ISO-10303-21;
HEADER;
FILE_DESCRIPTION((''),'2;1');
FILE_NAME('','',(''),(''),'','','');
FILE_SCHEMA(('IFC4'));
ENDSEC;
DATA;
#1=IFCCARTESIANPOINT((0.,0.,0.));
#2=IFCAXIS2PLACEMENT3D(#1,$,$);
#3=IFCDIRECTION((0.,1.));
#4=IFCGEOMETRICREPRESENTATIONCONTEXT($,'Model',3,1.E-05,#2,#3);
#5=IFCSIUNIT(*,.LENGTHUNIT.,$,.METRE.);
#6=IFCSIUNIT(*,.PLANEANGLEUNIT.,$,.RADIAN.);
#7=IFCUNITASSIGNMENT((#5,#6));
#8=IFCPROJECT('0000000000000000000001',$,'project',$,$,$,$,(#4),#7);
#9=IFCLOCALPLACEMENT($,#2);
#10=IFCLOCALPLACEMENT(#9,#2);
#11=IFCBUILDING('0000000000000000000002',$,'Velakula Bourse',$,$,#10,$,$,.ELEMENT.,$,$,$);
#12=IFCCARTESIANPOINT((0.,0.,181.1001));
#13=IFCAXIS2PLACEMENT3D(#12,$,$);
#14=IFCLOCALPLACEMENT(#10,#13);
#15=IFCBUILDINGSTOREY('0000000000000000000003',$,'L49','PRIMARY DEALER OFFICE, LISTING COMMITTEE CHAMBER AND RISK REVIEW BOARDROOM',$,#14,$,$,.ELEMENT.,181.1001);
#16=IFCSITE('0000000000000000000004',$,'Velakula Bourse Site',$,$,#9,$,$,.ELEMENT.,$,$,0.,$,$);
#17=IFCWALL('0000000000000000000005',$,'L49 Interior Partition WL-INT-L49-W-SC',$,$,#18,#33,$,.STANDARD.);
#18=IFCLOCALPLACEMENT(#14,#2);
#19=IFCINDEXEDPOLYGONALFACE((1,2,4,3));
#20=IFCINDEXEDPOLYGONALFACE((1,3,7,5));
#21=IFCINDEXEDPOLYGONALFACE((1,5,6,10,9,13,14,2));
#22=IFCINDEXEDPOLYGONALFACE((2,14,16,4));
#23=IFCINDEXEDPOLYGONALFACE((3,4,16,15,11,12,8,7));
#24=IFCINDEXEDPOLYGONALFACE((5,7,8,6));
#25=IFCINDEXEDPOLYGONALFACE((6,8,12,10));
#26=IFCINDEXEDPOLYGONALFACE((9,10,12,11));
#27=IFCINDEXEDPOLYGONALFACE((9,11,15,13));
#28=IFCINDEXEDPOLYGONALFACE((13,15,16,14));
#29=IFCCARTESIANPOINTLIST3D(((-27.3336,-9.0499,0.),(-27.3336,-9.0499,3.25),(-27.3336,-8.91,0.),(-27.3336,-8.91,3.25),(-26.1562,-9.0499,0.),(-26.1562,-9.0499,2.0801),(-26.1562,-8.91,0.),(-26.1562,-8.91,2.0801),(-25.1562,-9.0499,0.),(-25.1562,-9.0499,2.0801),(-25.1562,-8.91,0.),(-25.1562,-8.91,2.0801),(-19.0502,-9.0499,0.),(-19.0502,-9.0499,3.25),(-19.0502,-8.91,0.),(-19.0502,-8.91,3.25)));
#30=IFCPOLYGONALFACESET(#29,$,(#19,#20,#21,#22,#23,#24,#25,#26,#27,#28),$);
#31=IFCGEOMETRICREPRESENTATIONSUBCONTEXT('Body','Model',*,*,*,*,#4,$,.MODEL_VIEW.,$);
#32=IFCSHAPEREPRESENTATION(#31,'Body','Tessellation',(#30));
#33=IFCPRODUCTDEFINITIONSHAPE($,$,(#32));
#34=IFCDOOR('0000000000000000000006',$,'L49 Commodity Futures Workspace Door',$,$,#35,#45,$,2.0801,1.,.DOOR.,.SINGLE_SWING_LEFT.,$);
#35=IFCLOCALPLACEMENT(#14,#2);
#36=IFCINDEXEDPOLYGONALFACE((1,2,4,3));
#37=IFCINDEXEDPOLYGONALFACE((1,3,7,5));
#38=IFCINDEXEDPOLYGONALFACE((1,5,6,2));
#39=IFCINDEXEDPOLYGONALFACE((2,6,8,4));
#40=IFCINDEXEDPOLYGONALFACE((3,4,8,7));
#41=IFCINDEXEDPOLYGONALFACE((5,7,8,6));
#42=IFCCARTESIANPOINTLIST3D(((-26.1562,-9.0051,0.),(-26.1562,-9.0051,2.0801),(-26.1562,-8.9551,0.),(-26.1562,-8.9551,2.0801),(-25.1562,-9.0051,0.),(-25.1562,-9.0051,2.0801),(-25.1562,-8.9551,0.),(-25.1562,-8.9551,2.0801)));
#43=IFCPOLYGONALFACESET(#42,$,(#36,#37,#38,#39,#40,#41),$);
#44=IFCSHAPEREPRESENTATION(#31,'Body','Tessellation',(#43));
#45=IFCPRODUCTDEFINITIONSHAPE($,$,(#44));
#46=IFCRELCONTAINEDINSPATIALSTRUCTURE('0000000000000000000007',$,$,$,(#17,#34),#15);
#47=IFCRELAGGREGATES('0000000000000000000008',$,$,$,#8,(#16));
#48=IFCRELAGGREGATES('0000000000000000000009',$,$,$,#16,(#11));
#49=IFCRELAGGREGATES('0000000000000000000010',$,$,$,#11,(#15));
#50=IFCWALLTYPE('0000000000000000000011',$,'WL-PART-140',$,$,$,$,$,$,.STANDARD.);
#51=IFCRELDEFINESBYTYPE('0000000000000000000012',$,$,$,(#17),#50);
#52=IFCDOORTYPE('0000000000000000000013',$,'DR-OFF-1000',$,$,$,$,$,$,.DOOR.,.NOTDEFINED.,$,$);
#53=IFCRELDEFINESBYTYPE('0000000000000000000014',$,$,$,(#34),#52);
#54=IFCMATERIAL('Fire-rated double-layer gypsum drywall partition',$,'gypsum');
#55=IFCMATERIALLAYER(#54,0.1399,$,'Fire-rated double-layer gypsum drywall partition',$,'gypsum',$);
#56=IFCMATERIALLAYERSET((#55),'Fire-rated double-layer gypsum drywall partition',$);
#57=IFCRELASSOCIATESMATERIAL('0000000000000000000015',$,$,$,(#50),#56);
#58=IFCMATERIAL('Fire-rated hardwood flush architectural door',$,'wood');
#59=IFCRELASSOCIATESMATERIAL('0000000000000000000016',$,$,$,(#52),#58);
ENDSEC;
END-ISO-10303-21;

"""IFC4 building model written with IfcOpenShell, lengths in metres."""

from ifc_helpers import new_model, si_unit, direction, frame, frame_2d, origin, place, context, subcontext, project, spatial, rectangle, extrude, material, layer, layer_set, type_object, element, fill, save


model = new_model("IFC4")

# Units and contexts
model_context = context("Model", 3, precision=1e-05, world=origin(), true_north=direction((0.0, 1.0)))
body_context = subcontext(model_context, "Body", "Model", "MODEL_VIEW")
ifc_project = project(units=[si_unit("LENGTHUNIT", "METRE"), si_unit("PLANEANGLEUNIT", "RADIAN")], contexts=[model_context])

# Site, building, storey
site_placement = place(None, origin())
site = spatial("IfcSite", under=ifc_project, at=site_placement, Name="Velakula Bourse Site", CompositionType="ELEMENT", RefElevation=0.0)
building_placement = place(site_placement, origin())
building = spatial("IfcBuilding", under=site, at=building_placement, Name="Velakula Bourse", CompositionType="ELEMENT")
storey_placement = place(building_placement, frame((0.0, 0.0, 181.1001)))
storey = spatial("IfcBuildingStorey", under=building, at=storey_placement, Name="L49", Description="PRIMARY DEALER OFFICE, LISTING COMMITTEE CHAMBER AND RISK REVIEW BOARDROOM", CompositionType="ELEMENT", Elevation=181.1001)

# Shared definitions
ifc_material_1 = material(Name="Fire-rated double-layer gypsum drywall partition", Category="gypsum")
ifc_layer_1 = layer(ifc_material_1, 0.1399, Name="Fire-rated double-layer gypsum drywall partition", Category="gypsum")
ifc_layer_set_1 = layer_set([ifc_layer_1], Name="Fire-rated double-layer gypsum drywall partition")
wall_type_1 = type_object("IfcWallType", Name="WL-PART-140", PredefinedType="STANDARD", material=ifc_layer_set_1)
ifc_material_2 = material(Name="Fire-rated hardwood flush architectural door", Category="wood")
door_type_1 = type_object("IfcDoorType", Name="DR-OFF-1000", OperationType="NOTDEFINED", PredefinedType="DOOR", material=ifc_material_2)

# Wall, opening, door
wall_1_placement = place(storey_placement, frame((-27.3335, -8.98, 0.0), z_axis=(0.0, 0.0, 1.0), x_axis=(1.0, 0.0, 0.0)))
wall_1 = element("IfcWall", 1, at=wall_1_placement, inside=storey, type_object=wall_type_1, Name="L49 Interior Partition WL-INT-L49-W-SC", PredefinedType="STANDARD", context=body_context, shape_type="SweptSolid", body=[
    extrude(rectangle(XDim=8.2834, YDim=0.1399, at=frame_2d((4.1416, 0.0))), origin(), (0.0, 0.0, 1.0), 3.25),
])
opening_1_placement = place(wall_1_placement, frame((1.1772, 0.0, 0.0)))
opening_1 = element("IfcOpeningElement", 2, at=opening_1_placement, cuts=wall_1, PredefinedType="OPENING", context=body_context, shape_type="SweptSolid", body=[
    extrude(rectangle(XDim=1.0, YDim=2.0801, at=frame_2d((0.5, 1.04))), frame((0.0, 0.0798, 0.0), z_axis=(0.0, -1.0, 0.0), x_axis=(1.0, 0.0, 0.0)), (0.0, 0.0, 1.0), 0.1599),
])
door_1_placement = place(opening_1_placement, origin())
door_1 = element("IfcDoor", 3, at=door_1_placement, inside=storey, type_object=door_type_1, Name="L49 Commodity Futures Workspace Door", OperationType="SINGLE_SWING_LEFT", OverallHeight=2.0801, OverallWidth=1.0, PredefinedType="DOOR", context=body_context, shape_type="SweptSolid", body=[
    extrude(rectangle(XDim=1.0, YDim=2.0801, at=frame_2d((0.5, 1.04))), frame((0.0, 0.0249, 0.0), z_axis=(0.0, -1.0, 0.0), x_axis=(1.0, 0.0, 0.0)), (0.0, 0.0, 1.0), 0.05),
])
fill(opening_1, door_1)

save(model, "model.ifc")
